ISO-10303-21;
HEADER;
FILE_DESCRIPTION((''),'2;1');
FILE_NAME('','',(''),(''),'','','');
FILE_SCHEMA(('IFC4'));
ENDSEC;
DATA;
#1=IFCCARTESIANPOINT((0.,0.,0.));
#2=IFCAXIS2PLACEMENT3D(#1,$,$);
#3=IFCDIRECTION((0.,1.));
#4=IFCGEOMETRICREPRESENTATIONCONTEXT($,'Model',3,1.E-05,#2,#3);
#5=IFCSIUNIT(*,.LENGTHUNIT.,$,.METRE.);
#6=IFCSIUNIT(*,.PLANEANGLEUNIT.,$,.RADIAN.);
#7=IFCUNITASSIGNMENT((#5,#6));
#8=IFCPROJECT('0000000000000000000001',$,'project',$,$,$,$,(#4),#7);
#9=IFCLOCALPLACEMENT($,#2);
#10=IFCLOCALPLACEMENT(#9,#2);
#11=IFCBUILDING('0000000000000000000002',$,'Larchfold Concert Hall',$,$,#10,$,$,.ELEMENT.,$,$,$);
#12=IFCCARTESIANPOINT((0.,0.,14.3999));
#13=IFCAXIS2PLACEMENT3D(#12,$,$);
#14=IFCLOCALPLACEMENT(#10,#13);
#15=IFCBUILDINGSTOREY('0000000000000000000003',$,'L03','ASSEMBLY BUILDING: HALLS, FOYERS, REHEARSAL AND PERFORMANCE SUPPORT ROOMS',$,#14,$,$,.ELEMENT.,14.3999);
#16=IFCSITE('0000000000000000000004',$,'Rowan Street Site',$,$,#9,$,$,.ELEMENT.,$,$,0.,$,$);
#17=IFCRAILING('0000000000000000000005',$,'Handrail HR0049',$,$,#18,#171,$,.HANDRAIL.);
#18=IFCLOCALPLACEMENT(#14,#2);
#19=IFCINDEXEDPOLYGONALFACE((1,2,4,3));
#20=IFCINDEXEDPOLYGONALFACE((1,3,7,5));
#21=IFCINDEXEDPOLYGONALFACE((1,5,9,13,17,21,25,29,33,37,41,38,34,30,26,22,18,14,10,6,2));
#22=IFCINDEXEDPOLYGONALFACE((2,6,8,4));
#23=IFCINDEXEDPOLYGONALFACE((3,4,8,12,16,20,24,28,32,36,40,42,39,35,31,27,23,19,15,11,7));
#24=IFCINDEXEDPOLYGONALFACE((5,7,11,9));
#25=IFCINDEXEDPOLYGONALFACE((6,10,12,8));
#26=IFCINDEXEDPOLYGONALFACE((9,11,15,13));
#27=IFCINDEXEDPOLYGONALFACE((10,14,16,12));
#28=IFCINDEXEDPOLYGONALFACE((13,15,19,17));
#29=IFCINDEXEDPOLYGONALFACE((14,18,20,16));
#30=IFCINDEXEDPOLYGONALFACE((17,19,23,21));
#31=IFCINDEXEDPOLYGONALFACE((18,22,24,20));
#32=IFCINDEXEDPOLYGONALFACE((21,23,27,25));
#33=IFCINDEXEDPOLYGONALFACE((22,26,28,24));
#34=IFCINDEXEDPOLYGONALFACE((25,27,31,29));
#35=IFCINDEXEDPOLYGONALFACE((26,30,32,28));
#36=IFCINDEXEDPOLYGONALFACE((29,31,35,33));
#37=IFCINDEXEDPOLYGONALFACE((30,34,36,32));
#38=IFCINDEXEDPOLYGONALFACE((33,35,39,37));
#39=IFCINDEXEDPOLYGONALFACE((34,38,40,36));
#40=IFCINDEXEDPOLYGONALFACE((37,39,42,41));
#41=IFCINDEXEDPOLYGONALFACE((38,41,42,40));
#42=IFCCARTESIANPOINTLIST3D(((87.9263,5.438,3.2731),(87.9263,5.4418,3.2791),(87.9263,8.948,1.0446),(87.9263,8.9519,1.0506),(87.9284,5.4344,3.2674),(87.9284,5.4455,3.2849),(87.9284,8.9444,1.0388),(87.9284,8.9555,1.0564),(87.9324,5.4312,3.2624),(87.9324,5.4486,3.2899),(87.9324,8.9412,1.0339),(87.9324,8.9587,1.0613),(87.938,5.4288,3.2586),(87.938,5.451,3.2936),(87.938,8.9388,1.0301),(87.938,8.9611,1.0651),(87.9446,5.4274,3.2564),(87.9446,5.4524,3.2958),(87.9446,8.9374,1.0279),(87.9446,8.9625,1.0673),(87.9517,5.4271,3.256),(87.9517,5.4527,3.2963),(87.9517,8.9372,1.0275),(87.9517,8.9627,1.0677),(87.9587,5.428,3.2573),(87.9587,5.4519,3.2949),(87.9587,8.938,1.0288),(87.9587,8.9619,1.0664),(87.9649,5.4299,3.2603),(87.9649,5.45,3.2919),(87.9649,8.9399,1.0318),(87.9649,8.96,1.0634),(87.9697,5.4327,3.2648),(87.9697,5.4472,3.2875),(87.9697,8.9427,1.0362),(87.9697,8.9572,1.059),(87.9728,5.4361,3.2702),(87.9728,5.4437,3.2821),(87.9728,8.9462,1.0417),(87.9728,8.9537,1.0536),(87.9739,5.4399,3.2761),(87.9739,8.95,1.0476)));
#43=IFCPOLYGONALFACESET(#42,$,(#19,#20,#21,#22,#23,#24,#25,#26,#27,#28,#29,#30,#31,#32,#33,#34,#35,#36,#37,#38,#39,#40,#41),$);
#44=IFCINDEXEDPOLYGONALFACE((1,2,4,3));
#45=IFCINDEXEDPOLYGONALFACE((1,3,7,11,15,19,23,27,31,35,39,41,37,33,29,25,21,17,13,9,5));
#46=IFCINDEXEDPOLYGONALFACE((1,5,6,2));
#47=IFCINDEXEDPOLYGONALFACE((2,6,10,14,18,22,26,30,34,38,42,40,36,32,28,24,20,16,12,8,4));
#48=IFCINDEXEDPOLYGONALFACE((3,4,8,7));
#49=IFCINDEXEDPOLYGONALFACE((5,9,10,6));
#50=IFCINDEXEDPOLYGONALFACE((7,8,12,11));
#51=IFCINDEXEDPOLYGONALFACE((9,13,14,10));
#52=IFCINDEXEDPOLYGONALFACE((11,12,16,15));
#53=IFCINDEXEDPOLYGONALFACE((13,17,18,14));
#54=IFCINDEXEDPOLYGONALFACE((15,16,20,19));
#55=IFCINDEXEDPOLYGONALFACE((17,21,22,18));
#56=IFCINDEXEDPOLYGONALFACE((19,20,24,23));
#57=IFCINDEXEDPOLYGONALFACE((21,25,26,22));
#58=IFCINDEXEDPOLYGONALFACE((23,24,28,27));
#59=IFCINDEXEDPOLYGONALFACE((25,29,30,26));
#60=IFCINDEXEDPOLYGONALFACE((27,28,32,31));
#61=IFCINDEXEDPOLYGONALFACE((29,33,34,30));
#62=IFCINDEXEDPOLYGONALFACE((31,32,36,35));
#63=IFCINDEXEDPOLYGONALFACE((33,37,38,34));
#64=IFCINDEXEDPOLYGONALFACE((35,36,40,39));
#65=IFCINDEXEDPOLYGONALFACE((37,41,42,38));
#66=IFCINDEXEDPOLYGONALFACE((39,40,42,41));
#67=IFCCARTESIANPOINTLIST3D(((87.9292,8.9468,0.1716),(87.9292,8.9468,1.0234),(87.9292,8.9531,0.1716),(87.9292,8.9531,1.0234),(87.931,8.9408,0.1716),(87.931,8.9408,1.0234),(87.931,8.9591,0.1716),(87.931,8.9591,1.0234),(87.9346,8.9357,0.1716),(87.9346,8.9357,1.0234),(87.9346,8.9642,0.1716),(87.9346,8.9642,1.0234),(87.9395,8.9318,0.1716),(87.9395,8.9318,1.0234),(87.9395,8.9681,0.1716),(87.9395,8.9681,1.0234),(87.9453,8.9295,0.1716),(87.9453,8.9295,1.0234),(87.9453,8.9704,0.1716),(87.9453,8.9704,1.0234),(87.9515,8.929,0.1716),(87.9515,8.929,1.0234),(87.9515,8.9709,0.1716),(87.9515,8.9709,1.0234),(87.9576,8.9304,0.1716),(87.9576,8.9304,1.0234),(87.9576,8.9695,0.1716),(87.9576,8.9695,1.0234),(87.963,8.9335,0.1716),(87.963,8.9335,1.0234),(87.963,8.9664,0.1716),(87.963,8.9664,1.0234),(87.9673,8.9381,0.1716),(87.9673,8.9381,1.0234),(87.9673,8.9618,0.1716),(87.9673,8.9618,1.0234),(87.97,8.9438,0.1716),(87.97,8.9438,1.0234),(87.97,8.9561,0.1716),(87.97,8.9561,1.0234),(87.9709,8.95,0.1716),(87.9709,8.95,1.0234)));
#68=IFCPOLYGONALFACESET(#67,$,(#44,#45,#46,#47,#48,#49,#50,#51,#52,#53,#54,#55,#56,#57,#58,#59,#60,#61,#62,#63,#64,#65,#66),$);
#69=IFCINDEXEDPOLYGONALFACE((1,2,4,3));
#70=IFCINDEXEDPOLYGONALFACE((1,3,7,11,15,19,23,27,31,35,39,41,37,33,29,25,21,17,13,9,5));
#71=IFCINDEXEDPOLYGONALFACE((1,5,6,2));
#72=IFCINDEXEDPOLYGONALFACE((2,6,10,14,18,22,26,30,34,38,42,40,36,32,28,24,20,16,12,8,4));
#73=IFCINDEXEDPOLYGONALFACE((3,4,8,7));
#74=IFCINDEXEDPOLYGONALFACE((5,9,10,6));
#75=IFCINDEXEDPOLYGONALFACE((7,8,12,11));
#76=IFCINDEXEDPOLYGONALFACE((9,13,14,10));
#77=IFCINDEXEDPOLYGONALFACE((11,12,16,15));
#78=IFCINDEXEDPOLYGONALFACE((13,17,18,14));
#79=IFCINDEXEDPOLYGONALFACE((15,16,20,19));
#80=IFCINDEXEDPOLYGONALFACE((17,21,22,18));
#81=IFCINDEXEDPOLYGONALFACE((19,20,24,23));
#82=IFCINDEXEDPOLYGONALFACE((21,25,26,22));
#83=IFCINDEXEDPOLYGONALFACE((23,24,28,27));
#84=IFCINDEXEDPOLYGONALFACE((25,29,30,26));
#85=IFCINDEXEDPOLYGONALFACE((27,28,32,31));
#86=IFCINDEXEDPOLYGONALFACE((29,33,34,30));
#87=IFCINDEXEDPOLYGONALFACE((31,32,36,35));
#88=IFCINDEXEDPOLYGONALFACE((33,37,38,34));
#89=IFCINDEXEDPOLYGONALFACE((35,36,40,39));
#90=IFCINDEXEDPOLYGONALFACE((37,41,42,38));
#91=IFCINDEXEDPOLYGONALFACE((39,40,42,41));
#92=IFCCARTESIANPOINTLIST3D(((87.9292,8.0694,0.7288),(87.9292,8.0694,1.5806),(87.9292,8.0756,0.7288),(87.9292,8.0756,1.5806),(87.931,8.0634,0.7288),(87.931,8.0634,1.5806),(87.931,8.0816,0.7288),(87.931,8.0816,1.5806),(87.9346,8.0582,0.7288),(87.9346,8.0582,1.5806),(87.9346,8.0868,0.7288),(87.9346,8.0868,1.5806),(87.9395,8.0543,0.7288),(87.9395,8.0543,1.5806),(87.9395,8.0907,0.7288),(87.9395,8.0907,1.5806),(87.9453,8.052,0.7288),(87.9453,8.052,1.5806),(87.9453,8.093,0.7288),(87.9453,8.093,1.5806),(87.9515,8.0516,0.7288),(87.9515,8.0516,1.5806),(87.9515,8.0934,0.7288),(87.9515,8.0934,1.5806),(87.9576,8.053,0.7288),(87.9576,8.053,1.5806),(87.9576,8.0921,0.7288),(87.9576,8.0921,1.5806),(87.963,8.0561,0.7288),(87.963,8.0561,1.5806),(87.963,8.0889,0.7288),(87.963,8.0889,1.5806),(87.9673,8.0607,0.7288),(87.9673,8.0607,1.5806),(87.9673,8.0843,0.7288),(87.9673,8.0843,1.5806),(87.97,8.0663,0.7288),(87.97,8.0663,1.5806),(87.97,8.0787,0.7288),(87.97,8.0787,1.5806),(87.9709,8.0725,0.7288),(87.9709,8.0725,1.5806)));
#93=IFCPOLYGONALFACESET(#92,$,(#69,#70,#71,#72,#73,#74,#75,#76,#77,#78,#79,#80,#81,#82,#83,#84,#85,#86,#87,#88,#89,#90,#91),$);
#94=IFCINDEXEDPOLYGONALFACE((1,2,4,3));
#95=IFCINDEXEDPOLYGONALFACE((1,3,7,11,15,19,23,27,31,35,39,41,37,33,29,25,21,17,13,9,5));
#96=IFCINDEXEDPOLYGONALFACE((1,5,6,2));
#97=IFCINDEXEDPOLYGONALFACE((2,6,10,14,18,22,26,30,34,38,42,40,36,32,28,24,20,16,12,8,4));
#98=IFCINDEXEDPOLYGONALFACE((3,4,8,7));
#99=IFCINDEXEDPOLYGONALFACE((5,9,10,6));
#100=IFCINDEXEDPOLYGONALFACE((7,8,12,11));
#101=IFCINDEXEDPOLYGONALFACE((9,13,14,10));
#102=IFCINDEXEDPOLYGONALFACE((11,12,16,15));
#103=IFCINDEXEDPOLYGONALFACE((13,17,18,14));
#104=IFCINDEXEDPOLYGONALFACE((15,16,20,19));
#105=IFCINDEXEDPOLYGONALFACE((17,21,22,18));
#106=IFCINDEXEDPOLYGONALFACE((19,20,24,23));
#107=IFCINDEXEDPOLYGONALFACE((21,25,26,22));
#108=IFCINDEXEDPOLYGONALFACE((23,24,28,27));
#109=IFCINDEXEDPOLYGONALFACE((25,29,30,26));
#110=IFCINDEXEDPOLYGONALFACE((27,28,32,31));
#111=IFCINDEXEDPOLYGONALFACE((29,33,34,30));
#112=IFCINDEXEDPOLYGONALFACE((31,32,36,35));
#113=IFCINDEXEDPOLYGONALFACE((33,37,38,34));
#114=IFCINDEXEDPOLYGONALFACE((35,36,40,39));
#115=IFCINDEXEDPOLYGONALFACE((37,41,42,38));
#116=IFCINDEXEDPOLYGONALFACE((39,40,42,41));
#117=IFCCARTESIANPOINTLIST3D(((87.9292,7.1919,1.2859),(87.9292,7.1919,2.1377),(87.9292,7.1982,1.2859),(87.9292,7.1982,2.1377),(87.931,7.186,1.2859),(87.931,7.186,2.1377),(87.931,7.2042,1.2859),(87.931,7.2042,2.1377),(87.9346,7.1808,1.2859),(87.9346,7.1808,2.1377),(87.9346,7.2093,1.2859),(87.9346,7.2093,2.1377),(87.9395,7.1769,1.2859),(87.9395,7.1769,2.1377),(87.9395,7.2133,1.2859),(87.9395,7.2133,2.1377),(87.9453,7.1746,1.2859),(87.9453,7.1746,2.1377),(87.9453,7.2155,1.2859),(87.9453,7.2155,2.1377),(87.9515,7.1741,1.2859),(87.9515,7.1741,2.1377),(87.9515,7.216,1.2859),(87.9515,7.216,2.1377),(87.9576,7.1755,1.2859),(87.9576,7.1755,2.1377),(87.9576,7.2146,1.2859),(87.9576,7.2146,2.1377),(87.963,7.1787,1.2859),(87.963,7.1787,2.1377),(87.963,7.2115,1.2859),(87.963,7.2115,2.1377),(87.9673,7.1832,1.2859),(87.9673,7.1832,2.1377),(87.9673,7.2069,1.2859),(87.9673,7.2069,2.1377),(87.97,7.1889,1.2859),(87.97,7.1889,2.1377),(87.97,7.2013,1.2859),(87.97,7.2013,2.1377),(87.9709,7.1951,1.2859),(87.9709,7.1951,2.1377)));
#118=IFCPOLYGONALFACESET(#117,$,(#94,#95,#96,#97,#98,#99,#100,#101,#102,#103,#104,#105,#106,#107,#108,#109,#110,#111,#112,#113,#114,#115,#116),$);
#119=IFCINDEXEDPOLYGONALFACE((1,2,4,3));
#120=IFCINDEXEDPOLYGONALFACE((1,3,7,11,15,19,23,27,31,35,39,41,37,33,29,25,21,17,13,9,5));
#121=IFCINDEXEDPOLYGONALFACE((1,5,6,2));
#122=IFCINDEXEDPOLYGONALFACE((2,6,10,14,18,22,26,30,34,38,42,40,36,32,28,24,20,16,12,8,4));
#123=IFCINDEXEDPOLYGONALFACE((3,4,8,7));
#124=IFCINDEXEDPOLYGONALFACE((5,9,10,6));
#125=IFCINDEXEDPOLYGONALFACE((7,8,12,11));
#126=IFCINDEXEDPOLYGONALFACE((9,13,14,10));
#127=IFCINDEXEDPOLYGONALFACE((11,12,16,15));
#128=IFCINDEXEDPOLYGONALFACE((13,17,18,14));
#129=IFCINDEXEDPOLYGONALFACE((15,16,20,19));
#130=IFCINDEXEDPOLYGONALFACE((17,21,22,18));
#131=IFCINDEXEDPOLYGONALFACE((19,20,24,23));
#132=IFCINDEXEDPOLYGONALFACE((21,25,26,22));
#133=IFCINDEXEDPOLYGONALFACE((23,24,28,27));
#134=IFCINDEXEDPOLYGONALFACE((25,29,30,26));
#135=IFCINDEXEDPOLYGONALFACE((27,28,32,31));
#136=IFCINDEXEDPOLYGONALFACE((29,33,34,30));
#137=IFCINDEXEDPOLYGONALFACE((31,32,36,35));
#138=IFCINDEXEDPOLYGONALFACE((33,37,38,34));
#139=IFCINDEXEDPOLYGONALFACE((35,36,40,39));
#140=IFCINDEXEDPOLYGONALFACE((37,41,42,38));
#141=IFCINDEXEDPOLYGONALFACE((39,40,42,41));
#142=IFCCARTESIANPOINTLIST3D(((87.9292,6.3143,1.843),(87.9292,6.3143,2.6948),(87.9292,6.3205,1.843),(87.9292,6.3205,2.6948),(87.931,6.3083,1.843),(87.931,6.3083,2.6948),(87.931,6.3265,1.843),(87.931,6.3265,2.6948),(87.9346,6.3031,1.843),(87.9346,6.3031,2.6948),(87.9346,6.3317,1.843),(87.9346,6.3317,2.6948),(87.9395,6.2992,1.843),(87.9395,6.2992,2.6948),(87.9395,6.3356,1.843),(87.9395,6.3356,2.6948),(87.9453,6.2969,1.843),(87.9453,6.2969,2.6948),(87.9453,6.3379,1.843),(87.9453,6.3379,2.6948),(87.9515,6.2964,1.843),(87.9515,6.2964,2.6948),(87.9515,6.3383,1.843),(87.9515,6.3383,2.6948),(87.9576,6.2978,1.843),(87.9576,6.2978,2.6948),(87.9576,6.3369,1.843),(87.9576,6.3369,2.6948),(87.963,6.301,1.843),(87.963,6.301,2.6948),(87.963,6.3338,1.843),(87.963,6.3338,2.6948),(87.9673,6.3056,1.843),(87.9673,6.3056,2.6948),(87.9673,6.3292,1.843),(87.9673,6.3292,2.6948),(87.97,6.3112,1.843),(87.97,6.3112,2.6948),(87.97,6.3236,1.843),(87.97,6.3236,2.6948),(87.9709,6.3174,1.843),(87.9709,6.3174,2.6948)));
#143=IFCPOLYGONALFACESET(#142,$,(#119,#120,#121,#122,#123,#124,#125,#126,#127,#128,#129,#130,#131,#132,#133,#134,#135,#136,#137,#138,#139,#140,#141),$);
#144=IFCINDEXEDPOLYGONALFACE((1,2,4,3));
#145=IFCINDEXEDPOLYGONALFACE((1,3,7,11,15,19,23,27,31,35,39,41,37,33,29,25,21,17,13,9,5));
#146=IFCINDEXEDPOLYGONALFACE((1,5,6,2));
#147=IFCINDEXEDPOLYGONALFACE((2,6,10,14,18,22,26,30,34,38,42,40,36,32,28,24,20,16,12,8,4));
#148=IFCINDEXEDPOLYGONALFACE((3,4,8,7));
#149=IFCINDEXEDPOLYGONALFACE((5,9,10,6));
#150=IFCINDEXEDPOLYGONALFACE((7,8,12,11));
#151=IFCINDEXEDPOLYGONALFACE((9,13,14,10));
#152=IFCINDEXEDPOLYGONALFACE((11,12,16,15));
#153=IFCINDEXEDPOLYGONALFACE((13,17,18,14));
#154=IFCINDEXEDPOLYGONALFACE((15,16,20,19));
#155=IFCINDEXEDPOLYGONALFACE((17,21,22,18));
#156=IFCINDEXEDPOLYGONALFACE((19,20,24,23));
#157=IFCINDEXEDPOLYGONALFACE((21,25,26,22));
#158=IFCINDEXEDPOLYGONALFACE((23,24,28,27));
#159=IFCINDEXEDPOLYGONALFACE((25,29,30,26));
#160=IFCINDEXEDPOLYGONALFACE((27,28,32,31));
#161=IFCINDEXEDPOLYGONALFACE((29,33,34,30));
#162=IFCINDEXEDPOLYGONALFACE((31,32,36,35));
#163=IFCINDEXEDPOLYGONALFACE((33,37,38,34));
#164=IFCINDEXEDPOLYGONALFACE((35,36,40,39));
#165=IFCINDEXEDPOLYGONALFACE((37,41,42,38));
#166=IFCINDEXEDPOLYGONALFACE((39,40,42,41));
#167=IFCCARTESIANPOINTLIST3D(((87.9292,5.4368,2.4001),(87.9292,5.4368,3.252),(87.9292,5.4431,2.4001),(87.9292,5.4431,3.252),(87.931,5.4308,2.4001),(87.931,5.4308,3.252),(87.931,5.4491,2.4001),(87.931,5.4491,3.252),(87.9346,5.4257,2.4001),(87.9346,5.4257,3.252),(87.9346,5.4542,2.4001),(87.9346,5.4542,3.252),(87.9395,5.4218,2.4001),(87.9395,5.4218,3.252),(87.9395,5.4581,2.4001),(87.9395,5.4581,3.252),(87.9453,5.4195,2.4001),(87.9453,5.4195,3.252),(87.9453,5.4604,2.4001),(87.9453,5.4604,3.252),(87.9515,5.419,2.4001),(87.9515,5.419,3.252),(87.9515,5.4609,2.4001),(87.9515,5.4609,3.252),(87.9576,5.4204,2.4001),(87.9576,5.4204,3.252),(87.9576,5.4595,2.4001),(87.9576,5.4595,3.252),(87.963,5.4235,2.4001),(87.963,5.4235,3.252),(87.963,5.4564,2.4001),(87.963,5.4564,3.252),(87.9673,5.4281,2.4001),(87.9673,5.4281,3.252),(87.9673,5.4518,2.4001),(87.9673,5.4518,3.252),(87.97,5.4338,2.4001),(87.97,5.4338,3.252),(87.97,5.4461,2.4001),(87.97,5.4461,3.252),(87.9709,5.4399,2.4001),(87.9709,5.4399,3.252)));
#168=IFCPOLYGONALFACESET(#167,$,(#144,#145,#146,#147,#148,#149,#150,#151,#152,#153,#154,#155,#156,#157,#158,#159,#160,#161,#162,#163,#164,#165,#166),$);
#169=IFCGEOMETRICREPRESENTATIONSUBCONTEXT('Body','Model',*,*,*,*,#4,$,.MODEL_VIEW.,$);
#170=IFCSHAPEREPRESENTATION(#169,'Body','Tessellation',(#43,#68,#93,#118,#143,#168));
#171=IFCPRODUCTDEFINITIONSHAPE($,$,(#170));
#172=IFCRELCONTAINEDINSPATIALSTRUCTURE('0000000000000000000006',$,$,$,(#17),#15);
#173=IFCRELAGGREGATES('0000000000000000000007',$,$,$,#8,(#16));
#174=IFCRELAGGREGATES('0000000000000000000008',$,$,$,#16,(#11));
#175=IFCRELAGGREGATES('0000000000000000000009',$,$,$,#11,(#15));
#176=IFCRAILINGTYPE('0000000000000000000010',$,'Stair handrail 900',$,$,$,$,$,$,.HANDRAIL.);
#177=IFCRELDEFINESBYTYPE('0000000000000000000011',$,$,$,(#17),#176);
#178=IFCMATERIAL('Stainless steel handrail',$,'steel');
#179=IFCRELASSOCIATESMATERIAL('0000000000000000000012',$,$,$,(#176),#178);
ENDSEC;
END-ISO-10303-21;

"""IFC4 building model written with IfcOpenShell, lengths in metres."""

from ifc_helpers import new_model, si_unit, direction, frame, origin, origin_2d, place, context, subcontext, project, spatial, circle, extrude, material, type_object, element, save


model = new_model("IFC4")

# Units and contexts
model_context = context("Model", 3, precision=1e-05, world=origin(), true_north=direction((0.0, 1.0)))
body_context = subcontext(model_context, "Body", "Model", "MODEL_VIEW")
ifc_project = project(units=[si_unit("LENGTHUNIT", "METRE"), si_unit("PLANEANGLEUNIT", "RADIAN")], contexts=[model_context])

# Site, building, storey
site_placement = place(None, origin())
site = spatial("IfcSite", under=ifc_project, at=site_placement, Name="Rowan Street Site", CompositionType="ELEMENT", RefElevation=0.0)
building_placement = place(site_placement, origin())
building = spatial("IfcBuilding", under=site, at=building_placement, Name="Larchfold Concert Hall", CompositionType="ELEMENT")
storey_placement = place(building_placement, frame((0.0, 0.0, 14.3999)))
storey = spatial("IfcBuildingStorey", under=building, at=storey_placement, Name="L03", Description="ASSEMBLY BUILDING: HALLS, FOYERS, REHEARSAL AND PERFORMANCE SUPPORT ROOMS", CompositionType="ELEMENT", Elevation=14.3999)

# Railing
ifc_material_1 = material(Name="Stainless steel handrail", Category="steel")
railing_type_1 = type_object("IfcRailingType", Name="Stair handrail 900", PredefinedType="HANDRAIL", material=ifc_material_1)
railing_1_placement = place(storey_placement, frame((87.95, 8.95, 0.1716)))
element("IfcRailing", 1, at=railing_1_placement, inside=storey, type_object=railing_type_1, Name="Handrail HR0049", PredefinedType="HANDRAIL", context=body_context, shape_type="SweptSolid", body=[
    extrude(circle(Radius=0.0239, at=origin_2d()), frame((0.0, 0.0, 0.876), z_axis=(0.0, -0.84422, 0.535998), x_axis=(1.0, 0.0, 0.0)), (0.0, 0.0, 1.0), 4.1577),
    extrude(circle(Radius=0.021, at=origin_2d()), origin(), (0.0, 0.0, 1.0), 0.8518),
    extrude(circle(Radius=0.021, at=origin_2d()), frame((0.0, -0.8774, 0.5571)), (0.0, 0.0, 1.0), 0.8518),
    extrude(circle(Radius=0.021, at=origin_2d()), frame((0.0, -1.7549, 1.1143)), (0.0, 0.0, 1.0), 0.8518),
    extrude(circle(Radius=0.021, at=origin_2d()), frame((0.0, -2.6326, 1.6714)), (0.0, 0.0, 1.0), 0.8518),
    extrude(circle(Radius=0.021, at=origin_2d()), frame((0.0, -3.51, 2.2285)), (0.0, 0.0, 1.0), 0.8518),
])

save(model, "model.ifc")
